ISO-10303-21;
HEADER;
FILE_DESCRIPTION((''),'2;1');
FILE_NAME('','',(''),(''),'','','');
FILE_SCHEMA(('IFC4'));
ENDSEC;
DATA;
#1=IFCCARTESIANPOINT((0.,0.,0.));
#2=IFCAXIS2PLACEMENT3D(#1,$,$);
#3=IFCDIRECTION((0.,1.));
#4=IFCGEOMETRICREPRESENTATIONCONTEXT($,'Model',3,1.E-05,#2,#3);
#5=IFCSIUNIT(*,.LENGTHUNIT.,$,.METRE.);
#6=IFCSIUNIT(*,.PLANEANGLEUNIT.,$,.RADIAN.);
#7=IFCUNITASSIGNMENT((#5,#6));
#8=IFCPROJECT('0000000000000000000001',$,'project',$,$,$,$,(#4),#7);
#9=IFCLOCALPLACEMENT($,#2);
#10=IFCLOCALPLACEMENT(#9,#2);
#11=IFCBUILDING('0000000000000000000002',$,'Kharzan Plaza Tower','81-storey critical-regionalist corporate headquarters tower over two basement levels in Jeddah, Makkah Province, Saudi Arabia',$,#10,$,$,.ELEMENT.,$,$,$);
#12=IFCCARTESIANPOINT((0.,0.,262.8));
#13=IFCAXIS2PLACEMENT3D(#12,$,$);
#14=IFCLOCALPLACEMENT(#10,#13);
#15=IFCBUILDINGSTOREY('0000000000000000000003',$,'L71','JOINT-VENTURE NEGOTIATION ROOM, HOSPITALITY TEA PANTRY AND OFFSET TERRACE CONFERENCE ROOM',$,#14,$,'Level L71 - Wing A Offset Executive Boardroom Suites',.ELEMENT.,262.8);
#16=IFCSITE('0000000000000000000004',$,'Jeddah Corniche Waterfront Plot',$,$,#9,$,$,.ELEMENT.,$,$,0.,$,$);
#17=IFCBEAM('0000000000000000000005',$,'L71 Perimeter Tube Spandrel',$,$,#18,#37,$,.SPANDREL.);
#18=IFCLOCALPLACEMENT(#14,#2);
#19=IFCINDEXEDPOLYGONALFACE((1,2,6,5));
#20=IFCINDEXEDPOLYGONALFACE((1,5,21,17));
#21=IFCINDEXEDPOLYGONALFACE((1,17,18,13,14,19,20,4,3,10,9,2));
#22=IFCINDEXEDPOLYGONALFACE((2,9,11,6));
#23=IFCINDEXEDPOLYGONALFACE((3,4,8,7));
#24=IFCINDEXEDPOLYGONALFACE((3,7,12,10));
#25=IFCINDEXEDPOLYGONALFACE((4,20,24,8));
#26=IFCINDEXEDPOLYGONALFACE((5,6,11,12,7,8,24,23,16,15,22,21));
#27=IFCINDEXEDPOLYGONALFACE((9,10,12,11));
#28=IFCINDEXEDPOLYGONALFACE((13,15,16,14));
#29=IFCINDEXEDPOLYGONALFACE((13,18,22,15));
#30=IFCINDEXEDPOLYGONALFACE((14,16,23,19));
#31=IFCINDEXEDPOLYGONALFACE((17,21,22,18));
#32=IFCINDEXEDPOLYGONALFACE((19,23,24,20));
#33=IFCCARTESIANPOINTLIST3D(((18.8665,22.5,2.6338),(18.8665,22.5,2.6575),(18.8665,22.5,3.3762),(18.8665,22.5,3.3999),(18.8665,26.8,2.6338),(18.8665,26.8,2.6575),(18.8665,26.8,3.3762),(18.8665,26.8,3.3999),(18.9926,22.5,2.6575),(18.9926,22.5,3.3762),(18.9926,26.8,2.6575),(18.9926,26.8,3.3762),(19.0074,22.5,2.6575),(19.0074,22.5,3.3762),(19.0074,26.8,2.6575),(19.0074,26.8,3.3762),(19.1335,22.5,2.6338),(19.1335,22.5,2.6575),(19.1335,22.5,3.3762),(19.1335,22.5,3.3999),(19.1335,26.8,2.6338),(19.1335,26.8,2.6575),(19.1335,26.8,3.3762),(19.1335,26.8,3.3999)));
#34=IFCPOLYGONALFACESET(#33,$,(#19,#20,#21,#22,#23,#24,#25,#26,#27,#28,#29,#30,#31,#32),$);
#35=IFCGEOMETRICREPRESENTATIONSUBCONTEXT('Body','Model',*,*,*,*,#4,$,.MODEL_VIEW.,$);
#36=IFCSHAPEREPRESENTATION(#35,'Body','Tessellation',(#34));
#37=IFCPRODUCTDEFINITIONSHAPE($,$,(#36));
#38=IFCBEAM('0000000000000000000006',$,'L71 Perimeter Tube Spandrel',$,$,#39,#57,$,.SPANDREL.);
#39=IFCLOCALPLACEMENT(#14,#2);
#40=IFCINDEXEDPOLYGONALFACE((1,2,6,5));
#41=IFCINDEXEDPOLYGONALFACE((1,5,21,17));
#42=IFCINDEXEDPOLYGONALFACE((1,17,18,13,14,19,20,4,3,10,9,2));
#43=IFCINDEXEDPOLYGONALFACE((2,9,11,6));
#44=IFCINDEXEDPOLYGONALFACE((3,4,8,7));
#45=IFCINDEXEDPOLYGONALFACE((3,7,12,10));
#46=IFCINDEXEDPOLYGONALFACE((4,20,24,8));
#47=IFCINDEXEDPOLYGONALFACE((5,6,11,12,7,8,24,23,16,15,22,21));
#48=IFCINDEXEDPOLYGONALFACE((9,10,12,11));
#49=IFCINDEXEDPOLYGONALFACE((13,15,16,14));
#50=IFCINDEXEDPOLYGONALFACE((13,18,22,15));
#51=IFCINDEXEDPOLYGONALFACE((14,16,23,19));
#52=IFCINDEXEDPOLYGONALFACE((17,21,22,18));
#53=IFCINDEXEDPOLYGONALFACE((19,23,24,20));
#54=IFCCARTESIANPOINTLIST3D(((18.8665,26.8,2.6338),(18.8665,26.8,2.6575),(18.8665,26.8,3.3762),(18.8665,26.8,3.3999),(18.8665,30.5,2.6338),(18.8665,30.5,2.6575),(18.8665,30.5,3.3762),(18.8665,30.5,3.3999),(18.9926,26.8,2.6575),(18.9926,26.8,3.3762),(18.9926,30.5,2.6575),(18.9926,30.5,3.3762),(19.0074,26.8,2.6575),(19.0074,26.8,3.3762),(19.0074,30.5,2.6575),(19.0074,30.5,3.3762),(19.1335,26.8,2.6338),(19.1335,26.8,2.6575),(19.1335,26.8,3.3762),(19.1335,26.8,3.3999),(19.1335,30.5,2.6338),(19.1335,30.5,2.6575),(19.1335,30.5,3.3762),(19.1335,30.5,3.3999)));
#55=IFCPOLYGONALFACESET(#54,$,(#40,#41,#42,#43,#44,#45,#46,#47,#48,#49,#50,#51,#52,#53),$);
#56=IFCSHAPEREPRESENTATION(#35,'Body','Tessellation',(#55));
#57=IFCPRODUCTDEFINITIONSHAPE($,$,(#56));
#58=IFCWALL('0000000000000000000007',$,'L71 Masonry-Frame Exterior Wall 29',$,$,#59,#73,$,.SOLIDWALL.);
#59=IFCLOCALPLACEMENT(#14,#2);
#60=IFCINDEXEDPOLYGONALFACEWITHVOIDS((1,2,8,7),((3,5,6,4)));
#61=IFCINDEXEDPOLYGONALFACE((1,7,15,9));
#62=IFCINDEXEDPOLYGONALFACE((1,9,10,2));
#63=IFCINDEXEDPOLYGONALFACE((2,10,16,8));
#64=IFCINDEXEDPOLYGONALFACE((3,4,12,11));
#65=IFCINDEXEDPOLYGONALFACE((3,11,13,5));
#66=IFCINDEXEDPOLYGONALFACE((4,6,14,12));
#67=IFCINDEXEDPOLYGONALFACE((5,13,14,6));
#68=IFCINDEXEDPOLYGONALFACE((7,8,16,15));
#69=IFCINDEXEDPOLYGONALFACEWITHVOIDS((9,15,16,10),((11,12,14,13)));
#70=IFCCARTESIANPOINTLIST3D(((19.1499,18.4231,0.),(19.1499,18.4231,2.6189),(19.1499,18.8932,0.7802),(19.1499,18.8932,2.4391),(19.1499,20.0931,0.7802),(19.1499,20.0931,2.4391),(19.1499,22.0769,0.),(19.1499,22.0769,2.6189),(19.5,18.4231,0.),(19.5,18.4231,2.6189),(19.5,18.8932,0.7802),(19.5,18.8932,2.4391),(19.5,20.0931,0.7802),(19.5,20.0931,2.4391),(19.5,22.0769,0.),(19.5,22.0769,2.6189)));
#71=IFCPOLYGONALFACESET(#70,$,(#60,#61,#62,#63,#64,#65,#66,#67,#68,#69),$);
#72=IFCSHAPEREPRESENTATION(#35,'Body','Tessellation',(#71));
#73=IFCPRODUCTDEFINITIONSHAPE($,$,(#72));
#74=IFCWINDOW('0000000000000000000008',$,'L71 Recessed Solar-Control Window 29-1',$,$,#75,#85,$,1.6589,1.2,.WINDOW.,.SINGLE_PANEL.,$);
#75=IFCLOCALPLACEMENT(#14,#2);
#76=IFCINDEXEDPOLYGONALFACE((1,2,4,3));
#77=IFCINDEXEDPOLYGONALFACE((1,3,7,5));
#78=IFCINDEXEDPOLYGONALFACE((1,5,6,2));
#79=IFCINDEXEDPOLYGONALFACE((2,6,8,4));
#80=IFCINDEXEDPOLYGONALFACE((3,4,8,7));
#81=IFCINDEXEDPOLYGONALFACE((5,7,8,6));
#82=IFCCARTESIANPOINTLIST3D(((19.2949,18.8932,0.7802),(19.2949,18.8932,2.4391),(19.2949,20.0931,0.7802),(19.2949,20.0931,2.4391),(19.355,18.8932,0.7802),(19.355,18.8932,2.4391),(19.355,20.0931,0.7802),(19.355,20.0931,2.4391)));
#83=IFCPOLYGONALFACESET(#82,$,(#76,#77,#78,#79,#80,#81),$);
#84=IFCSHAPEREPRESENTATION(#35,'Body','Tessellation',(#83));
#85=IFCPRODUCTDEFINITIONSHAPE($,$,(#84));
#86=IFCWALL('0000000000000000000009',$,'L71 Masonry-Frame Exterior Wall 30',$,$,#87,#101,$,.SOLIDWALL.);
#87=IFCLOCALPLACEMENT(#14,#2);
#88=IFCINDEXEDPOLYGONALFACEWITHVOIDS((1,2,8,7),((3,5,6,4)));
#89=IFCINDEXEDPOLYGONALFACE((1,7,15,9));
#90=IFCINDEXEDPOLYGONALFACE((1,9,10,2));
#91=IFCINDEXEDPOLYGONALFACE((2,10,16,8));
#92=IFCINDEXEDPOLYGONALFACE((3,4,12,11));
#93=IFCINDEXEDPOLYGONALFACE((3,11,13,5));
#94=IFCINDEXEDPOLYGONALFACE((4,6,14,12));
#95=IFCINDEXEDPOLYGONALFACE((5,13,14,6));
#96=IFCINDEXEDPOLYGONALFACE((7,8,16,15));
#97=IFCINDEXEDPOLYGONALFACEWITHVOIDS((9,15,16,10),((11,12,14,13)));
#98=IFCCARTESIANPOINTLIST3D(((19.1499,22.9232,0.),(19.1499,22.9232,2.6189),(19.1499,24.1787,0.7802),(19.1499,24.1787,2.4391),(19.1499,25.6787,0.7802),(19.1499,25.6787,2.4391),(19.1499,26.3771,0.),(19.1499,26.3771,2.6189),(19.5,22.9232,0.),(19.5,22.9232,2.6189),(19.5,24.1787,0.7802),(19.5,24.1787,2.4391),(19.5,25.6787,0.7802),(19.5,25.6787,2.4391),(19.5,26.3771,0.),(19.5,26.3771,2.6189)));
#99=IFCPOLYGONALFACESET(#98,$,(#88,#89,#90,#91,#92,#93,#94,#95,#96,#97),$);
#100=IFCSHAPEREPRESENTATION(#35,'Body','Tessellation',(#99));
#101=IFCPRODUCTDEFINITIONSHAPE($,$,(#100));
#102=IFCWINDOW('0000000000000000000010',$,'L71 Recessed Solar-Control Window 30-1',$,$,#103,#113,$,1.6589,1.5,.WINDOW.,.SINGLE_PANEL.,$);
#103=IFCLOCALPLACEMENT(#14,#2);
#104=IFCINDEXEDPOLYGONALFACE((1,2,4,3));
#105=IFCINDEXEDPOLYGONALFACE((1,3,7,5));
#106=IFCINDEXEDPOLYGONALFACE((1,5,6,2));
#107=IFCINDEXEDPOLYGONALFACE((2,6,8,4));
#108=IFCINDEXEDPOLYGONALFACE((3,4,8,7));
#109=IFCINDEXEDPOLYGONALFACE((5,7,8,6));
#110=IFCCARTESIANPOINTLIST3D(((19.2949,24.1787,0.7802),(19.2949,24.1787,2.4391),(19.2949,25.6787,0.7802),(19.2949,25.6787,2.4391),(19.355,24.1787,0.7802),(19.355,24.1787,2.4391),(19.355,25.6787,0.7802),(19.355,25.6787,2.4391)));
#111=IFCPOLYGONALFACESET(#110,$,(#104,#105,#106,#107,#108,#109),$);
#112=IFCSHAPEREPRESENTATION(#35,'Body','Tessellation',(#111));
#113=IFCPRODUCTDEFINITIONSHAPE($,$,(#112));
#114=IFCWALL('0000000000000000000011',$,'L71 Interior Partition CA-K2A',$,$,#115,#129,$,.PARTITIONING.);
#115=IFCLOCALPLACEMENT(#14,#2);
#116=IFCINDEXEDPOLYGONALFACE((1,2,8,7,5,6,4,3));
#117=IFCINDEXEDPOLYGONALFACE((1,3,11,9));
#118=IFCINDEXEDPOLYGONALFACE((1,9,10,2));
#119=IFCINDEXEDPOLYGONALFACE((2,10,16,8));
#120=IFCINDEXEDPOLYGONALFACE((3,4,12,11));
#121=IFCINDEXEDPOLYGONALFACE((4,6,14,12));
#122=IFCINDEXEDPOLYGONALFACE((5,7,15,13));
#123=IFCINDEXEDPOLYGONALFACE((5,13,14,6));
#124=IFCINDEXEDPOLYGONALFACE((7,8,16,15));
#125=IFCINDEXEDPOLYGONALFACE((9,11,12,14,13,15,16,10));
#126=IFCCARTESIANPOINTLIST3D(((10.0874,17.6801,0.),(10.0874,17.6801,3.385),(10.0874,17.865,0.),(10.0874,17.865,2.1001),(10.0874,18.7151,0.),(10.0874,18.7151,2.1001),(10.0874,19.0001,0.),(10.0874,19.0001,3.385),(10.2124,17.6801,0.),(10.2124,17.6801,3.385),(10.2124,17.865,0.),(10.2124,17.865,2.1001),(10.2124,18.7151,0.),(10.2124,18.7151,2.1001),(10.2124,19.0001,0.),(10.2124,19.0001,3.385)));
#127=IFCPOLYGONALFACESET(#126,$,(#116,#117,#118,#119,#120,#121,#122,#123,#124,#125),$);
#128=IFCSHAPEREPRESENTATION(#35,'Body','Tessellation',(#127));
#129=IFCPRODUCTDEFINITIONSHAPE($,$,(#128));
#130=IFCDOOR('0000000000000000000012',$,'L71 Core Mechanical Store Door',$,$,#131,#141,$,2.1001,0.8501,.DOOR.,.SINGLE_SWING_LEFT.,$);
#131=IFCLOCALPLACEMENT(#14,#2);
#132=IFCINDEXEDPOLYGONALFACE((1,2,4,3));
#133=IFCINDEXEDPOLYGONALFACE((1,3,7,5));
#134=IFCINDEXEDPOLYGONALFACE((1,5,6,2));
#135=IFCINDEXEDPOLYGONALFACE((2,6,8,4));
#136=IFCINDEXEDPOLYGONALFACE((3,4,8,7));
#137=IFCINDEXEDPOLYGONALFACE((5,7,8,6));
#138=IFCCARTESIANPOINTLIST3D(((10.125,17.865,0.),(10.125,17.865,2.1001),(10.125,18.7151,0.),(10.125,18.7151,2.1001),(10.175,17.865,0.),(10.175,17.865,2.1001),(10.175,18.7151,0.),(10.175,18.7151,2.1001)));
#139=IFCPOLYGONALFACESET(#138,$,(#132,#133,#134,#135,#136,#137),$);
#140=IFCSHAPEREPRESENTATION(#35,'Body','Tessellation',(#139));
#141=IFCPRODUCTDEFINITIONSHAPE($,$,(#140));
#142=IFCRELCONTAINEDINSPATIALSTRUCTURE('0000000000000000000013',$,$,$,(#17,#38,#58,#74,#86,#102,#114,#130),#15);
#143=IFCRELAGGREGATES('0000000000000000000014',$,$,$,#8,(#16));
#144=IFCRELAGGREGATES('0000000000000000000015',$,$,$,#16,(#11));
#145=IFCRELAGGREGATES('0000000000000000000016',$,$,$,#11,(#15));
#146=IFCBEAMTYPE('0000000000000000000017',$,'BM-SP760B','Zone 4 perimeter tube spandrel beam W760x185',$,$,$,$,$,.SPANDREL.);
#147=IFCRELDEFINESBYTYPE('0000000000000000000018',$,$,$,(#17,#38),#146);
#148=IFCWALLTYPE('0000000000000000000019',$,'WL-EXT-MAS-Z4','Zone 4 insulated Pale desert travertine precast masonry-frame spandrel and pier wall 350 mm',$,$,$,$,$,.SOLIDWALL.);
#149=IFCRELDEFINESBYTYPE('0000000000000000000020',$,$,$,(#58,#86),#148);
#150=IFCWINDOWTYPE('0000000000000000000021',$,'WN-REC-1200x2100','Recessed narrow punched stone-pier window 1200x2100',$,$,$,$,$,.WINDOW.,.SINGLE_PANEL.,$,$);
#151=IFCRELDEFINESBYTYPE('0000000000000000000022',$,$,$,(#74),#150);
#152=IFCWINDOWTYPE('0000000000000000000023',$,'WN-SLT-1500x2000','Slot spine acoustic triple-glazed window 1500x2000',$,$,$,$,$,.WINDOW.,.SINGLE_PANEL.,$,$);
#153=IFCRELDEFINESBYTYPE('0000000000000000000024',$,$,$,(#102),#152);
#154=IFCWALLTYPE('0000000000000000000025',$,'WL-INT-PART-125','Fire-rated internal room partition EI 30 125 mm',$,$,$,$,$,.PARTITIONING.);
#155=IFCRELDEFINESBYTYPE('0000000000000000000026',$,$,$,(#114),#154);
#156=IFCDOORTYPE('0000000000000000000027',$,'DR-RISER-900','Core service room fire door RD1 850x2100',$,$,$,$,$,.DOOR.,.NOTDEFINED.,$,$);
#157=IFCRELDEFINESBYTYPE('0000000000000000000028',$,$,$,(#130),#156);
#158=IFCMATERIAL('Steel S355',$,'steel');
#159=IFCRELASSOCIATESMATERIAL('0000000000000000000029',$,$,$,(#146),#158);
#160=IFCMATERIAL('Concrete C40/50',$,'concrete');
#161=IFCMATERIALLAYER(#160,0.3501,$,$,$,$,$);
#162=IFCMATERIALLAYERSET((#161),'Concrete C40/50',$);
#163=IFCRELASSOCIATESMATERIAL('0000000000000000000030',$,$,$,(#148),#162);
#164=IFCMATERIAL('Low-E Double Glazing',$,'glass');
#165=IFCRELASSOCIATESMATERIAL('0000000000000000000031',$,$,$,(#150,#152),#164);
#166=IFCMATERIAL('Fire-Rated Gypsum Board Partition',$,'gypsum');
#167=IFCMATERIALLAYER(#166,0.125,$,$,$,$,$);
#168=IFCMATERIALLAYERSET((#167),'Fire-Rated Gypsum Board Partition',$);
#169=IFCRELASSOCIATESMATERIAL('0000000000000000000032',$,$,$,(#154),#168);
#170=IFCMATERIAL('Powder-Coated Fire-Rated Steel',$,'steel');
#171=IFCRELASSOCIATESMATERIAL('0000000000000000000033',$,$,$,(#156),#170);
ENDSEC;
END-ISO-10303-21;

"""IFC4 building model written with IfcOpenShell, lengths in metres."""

from ifc_helpers import new_model, si_unit, direction, frame, frame_2d, origin, origin_2d, place, context, subcontext, project, spatial, rectangle, i_section, extrude, source, transform, mapped, material, layer, layer_set, material_profile, profile_set, type_object, element, fill, save


model = new_model("IFC4")

# Units and contexts
model_context = context("Model", 3, precision=1e-05, world=origin(), true_north=direction((0.0, 1.0)))
body_context = subcontext(model_context, "Body", "Model", "MODEL_VIEW")
ifc_project = project(units=[si_unit("LENGTHUNIT", "METRE"), si_unit("PLANEANGLEUNIT", "RADIAN")], contexts=[model_context])

# Site, building, storey
site_placement = place(None, origin())
site = spatial("IfcSite", under=ifc_project, at=site_placement, Name="Jeddah Corniche Waterfront Plot", CompositionType="ELEMENT", RefElevation=0.0)
building_placement = place(site_placement, origin())
building = spatial("IfcBuilding", under=site, at=building_placement, Name="Kharzan Plaza Tower", Description="81-storey critical-regionalist corporate headquarters tower over two basement levels in Jeddah, Makkah Province, Saudi Arabia", CompositionType="ELEMENT")
storey_placement = place(building_placement, frame((0.0, 0.0, 262.8)))
storey = spatial("IfcBuildingStorey", under=building, at=storey_placement, Name="L71", Description="JOINT-VENTURE NEGOTIATION ROOM, HOSPITALITY TEA PANTRY AND OFFSET TERRACE CONFERENCE ROOM", LongName="Level L71 - Wing A Offset Executive Boardroom Suites", CompositionType="ELEMENT", Elevation=262.8)

# Beams
ifc_material_1 = material(Name="Steel S355", Category="steel")
ifc_material_profile_1 = material_profile(ifc_material_1, i_section(OverallWidth=0.2671, OverallDepth=0.7661, WebThickness=0.0149, FlangeThickness=0.0237, at=origin_2d()), Name="W760x185")
ifc_profile_set_1 = profile_set([ifc_material_profile_1], Name="Steel S355")
beam_type_1 = type_object("IfcBeamType", Name="BM-SP760B", Description="Zone 4 perimeter tube spandrel beam W760x185", PredefinedType="SPANDREL", material=ifc_profile_set_1)
shared_shape_1 = source(origin(), body_context, "Body", "SweptSolid", [
    extrude(i_section(OverallWidth=0.2671, OverallDepth=0.7661, WebThickness=0.0149, FlangeThickness=0.0237, at=origin_2d()), origin(), (0.0, 0.0, 1.0), 4.3),
])
beam_1_placement = place(storey_placement, frame((19.0, 22.5, 3.0168), z_axis=(0.0, 1.0, 0.0), x_axis=(-1.0, 0.0, 0.0)))
element("IfcBeam", 1, at=beam_1_placement, inside=storey, type_object=beam_type_1, Name="L71 Perimeter Tube Spandrel", PredefinedType="SPANDREL", context=body_context, shape_type="MappedRepresentation", body=[
    mapped(shared_shape_1, transform((0.0, 0.0, 0.0), x_axis=(1.0, 0.0, 0.0), y_axis=(0.0, 1.0, 0.0), z_axis=(0.0, 0.0, 1.0))),
])
shared_shape_2 = source(origin(), body_context, "Body", "SweptSolid", [
    extrude(i_section(OverallWidth=0.2671, OverallDepth=0.7661, WebThickness=0.0149, FlangeThickness=0.0237, at=origin_2d()), origin(), (0.0, 0.0, 1.0), 3.7),
])
beam_2_placement = place(storey_placement, frame((19.0, 26.8, 3.0168), z_axis=(0.0, 1.0, 0.0), x_axis=(-1.0, 0.0, 0.0)))
element("IfcBeam", 2, at=beam_2_placement, inside=storey, type_object=beam_type_1, Name="L71 Perimeter Tube Spandrel", PredefinedType="SPANDREL", context=body_context, shape_type="MappedRepresentation", body=[
    mapped(shared_shape_2, transform((0.0, 0.0, 0.0), x_axis=(1.0, 0.0, 0.0), y_axis=(0.0, 1.0, 0.0), z_axis=(0.0, 0.0, 1.0))),
])

# Walls, openings, windows
ifc_material_2 = material(Name="Concrete C40/50", Category="concrete")
ifc_layer_1 = layer(ifc_material_2, 0.3501)
ifc_layer_set_1 = layer_set([ifc_layer_1], Name="Concrete C40/50")
wall_type_1 = type_object("IfcWallType", Name="WL-EXT-MAS-Z4", Description="Zone 4 insulated Pale desert travertine precast masonry-frame spandrel and pier wall 350 mm", PredefinedType="SOLIDWALL", material=ifc_layer_set_1)
wall_1_placement = place(storey_placement, frame((19.325, 18.4231, 0.0), z_axis=(0.0, 0.0, 1.0), x_axis=(0.0, 1.0, 0.0)))
wall_1 = element("IfcWall", 3, at=wall_1_placement, inside=storey, type_object=wall_type_1, Name="L71 Masonry-Frame Exterior Wall 29", PredefinedType="SOLIDWALL", context=body_context, shape_type="SweptSolid", body=[
    extrude(rectangle(XDim=3.6538, YDim=0.3501, at=frame_2d((1.8269, 0.0))), origin(), (0.0, 0.0, 1.0), 2.6189),
])
opening_1_placement = place(wall_1_placement, frame((0.47, 0.0, 0.78)))
opening_1 = element("IfcOpeningElement", 4, at=opening_1_placement, cuts=wall_1, PredefinedType="OPENING", context=body_context, shape_type="SweptSolid", body=[
    extrude(rectangle(XDim=1.2, YDim=1.6589, at=frame_2d((0.6001, 0.8296))), frame((0.0, 0.1851, 0.0), z_axis=(0.0, -1.0, 0.0), x_axis=(1.0, 0.0, 0.0)), (0.0, 0.0, 1.0), 0.3701),
])
ifc_material_3 = material(Name="Low-E Double Glazing", Category="glass")
window_type_1 = type_object("IfcWindowType", Name="WN-REC-1200x2100", Description="Recessed narrow punched stone-pier window 1200x2100", PartitioningType="SINGLE_PANEL", PredefinedType="WINDOW", material=ifc_material_3)
shared_shape_3 = source(origin(), body_context, "Body", "SweptSolid", [
    extrude(rectangle(XDim=1.2, YDim=1.6589, at=frame_2d((0.6001, 0.8296))), frame((0.0, 0.03, 0.0), z_axis=(0.0, -1.0, 0.0), x_axis=(1.0, 0.0, 0.0)), (0.0, 0.0, 1.0), 0.0601),
])
window_1_placement = place(opening_1_placement, origin())
window_1 = element("IfcWindow", 5, at=window_1_placement, inside=storey, type_object=window_type_1, Name="L71 Recessed Solar-Control Window 29-1", OverallHeight=1.6589, OverallWidth=1.2, PartitioningType="SINGLE_PANEL", PredefinedType="WINDOW", context=body_context, shape_type="MappedRepresentation", body=[
    mapped(shared_shape_3, transform((0.0, 0.0, 0.0), x_axis=(1.0, 0.0, 0.0), y_axis=(0.0, 1.0, 0.0), z_axis=(0.0, 0.0, 1.0))),
])
fill(opening_1, window_1)
wall_2_placement = place(storey_placement, frame((19.325, 22.9231, 0.0), z_axis=(0.0, 0.0, 1.0), x_axis=(0.0, 1.0, 0.0)))
wall_2 = element("IfcWall", 6, at=wall_2_placement, inside=storey, type_object=wall_type_1, Name="L71 Masonry-Frame Exterior Wall 30", PredefinedType="SOLIDWALL", context=body_context, shape_type="SweptSolid", body=[
    extrude(rectangle(XDim=3.4539, YDim=0.3501, at=frame_2d((1.7271, 0.0))), origin(), (0.0, 0.0, 1.0), 2.6189),
])
opening_2_placement = place(wall_2_placement, frame((1.2556, 0.0, 0.78)))
opening_2 = element("IfcOpeningElement", 7, at=opening_2_placement, cuts=wall_2, PredefinedType="OPENING", context=body_context, shape_type="SweptSolid", body=[
    extrude(rectangle(XDim=1.5, YDim=1.6589, at=frame_2d((0.75, 0.8296))), frame((0.0, 0.1851, 0.0), z_axis=(0.0, -1.0, 0.0), x_axis=(1.0, 0.0, 0.0)), (0.0, 0.0, 1.0), 0.3701),
])
window_type_2 = type_object("IfcWindowType", Name="WN-SLT-1500x2000", Description="Slot spine acoustic triple-glazed window 1500x2000", PartitioningType="SINGLE_PANEL", PredefinedType="WINDOW", material=ifc_material_3)
shared_shape_4 = source(origin(), body_context, "Body", "SweptSolid", [
    extrude(rectangle(XDim=1.5, YDim=1.6589, at=frame_2d((0.75, 0.8296))), frame((0.0, 0.03, 0.0), z_axis=(0.0, -1.0, 0.0), x_axis=(1.0, 0.0, 0.0)), (0.0, 0.0, 1.0), 0.0601),
])
window_2_placement = place(opening_2_placement, origin())
window_2 = element("IfcWindow", 8, at=window_2_placement, inside=storey, type_object=window_type_2, Name="L71 Recessed Solar-Control Window 30-1", OverallHeight=1.6589, OverallWidth=1.5, PartitioningType="SINGLE_PANEL", PredefinedType="WINDOW", context=body_context, shape_type="MappedRepresentation", body=[
    mapped(shared_shape_4, transform((0.0, 0.0, 0.0), x_axis=(1.0, 0.0, 0.0), y_axis=(0.0, 1.0, 0.0), z_axis=(0.0, 0.0, 1.0))),
])
fill(opening_2, window_2)

# Wall, opening, door
ifc_material_4 = material(Name="Fire-Rated Gypsum Board Partition", Category="gypsum")
ifc_layer_2 = layer(ifc_material_4, 0.125)
ifc_layer_set_2 = layer_set([ifc_layer_2], Name="Fire-Rated Gypsum Board Partition")
wall_type_2 = type_object("IfcWallType", Name="WL-INT-PART-125", Description="Fire-rated internal room partition EI 30 125 mm", PredefinedType="PARTITIONING", material=ifc_layer_set_2)
wall_3_placement = place(storey_placement, frame((10.1499, 17.6799, 0.0), z_axis=(0.0, 0.0, 1.0), x_axis=(0.0, 1.0, 0.0)))
wall_3 = element("IfcWall", 9, at=wall_3_placement, inside=storey, type_object=wall_type_2, Name="L71 Interior Partition CA-K2A", PredefinedType="PARTITIONING", context=body_context, shape_type="SweptSolid", body=[
    extrude(rectangle(XDim=1.3201, YDim=0.125, at=frame_2d((0.6602, 0.0))), origin(), (0.0, 0.0, 1.0), 3.385),
])
opening_3_placement = place(wall_3_placement, frame((0.1851, 0.0, 0.0)))
opening_3 = element("IfcOpeningElement", 10, at=opening_3_placement, cuts=wall_3, PredefinedType="OPENING", context=body_context, shape_type="SweptSolid", body=[
    extrude(rectangle(XDim=0.8501, YDim=2.1001, at=frame_2d((0.425, 1.05))), frame((0.0, 0.0725, 0.0), z_axis=(0.0, -1.0, 0.0), x_axis=(1.0, 0.0, 0.0)), (0.0, 0.0, 1.0), 0.145),
])
ifc_material_5 = material(Name="Powder-Coated Fire-Rated Steel", Category="steel")
door_type_1 = type_object("IfcDoorType", Name="DR-RISER-900", Description="Core service room fire door RD1 850x2100", OperationType="NOTDEFINED", PredefinedType="DOOR", material=ifc_material_5)
shared_shape_5 = source(origin(), body_context, "Body", "SweptSolid", [
    extrude(rectangle(XDim=0.8501, YDim=2.1001, at=frame_2d((0.425, 1.05))), frame((0.0, 0.0249, 0.0), z_axis=(0.0, -1.0, 0.0), x_axis=(1.0, 0.0, 0.0)), (0.0, 0.0, 1.0), 0.05),
])
door_1_placement = place(opening_3_placement, origin())
door_1 = element("IfcDoor", 11, at=door_1_placement, inside=storey, type_object=door_type_1, Name="L71 Core Mechanical Store Door", OperationType="SINGLE_SWING_LEFT", OverallHeight=2.1001, OverallWidth=0.8501, PredefinedType="DOOR", context=body_context, shape_type="MappedRepresentation", body=[
    mapped(shared_shape_5, transform((0.0, 0.0, 0.0), x_axis=(1.0, 0.0, 0.0), y_axis=(0.0, 1.0, 0.0), z_axis=(0.0, 0.0, 1.0))),
])
fill(opening_3, door_1)

save(model, "model.ifc")
